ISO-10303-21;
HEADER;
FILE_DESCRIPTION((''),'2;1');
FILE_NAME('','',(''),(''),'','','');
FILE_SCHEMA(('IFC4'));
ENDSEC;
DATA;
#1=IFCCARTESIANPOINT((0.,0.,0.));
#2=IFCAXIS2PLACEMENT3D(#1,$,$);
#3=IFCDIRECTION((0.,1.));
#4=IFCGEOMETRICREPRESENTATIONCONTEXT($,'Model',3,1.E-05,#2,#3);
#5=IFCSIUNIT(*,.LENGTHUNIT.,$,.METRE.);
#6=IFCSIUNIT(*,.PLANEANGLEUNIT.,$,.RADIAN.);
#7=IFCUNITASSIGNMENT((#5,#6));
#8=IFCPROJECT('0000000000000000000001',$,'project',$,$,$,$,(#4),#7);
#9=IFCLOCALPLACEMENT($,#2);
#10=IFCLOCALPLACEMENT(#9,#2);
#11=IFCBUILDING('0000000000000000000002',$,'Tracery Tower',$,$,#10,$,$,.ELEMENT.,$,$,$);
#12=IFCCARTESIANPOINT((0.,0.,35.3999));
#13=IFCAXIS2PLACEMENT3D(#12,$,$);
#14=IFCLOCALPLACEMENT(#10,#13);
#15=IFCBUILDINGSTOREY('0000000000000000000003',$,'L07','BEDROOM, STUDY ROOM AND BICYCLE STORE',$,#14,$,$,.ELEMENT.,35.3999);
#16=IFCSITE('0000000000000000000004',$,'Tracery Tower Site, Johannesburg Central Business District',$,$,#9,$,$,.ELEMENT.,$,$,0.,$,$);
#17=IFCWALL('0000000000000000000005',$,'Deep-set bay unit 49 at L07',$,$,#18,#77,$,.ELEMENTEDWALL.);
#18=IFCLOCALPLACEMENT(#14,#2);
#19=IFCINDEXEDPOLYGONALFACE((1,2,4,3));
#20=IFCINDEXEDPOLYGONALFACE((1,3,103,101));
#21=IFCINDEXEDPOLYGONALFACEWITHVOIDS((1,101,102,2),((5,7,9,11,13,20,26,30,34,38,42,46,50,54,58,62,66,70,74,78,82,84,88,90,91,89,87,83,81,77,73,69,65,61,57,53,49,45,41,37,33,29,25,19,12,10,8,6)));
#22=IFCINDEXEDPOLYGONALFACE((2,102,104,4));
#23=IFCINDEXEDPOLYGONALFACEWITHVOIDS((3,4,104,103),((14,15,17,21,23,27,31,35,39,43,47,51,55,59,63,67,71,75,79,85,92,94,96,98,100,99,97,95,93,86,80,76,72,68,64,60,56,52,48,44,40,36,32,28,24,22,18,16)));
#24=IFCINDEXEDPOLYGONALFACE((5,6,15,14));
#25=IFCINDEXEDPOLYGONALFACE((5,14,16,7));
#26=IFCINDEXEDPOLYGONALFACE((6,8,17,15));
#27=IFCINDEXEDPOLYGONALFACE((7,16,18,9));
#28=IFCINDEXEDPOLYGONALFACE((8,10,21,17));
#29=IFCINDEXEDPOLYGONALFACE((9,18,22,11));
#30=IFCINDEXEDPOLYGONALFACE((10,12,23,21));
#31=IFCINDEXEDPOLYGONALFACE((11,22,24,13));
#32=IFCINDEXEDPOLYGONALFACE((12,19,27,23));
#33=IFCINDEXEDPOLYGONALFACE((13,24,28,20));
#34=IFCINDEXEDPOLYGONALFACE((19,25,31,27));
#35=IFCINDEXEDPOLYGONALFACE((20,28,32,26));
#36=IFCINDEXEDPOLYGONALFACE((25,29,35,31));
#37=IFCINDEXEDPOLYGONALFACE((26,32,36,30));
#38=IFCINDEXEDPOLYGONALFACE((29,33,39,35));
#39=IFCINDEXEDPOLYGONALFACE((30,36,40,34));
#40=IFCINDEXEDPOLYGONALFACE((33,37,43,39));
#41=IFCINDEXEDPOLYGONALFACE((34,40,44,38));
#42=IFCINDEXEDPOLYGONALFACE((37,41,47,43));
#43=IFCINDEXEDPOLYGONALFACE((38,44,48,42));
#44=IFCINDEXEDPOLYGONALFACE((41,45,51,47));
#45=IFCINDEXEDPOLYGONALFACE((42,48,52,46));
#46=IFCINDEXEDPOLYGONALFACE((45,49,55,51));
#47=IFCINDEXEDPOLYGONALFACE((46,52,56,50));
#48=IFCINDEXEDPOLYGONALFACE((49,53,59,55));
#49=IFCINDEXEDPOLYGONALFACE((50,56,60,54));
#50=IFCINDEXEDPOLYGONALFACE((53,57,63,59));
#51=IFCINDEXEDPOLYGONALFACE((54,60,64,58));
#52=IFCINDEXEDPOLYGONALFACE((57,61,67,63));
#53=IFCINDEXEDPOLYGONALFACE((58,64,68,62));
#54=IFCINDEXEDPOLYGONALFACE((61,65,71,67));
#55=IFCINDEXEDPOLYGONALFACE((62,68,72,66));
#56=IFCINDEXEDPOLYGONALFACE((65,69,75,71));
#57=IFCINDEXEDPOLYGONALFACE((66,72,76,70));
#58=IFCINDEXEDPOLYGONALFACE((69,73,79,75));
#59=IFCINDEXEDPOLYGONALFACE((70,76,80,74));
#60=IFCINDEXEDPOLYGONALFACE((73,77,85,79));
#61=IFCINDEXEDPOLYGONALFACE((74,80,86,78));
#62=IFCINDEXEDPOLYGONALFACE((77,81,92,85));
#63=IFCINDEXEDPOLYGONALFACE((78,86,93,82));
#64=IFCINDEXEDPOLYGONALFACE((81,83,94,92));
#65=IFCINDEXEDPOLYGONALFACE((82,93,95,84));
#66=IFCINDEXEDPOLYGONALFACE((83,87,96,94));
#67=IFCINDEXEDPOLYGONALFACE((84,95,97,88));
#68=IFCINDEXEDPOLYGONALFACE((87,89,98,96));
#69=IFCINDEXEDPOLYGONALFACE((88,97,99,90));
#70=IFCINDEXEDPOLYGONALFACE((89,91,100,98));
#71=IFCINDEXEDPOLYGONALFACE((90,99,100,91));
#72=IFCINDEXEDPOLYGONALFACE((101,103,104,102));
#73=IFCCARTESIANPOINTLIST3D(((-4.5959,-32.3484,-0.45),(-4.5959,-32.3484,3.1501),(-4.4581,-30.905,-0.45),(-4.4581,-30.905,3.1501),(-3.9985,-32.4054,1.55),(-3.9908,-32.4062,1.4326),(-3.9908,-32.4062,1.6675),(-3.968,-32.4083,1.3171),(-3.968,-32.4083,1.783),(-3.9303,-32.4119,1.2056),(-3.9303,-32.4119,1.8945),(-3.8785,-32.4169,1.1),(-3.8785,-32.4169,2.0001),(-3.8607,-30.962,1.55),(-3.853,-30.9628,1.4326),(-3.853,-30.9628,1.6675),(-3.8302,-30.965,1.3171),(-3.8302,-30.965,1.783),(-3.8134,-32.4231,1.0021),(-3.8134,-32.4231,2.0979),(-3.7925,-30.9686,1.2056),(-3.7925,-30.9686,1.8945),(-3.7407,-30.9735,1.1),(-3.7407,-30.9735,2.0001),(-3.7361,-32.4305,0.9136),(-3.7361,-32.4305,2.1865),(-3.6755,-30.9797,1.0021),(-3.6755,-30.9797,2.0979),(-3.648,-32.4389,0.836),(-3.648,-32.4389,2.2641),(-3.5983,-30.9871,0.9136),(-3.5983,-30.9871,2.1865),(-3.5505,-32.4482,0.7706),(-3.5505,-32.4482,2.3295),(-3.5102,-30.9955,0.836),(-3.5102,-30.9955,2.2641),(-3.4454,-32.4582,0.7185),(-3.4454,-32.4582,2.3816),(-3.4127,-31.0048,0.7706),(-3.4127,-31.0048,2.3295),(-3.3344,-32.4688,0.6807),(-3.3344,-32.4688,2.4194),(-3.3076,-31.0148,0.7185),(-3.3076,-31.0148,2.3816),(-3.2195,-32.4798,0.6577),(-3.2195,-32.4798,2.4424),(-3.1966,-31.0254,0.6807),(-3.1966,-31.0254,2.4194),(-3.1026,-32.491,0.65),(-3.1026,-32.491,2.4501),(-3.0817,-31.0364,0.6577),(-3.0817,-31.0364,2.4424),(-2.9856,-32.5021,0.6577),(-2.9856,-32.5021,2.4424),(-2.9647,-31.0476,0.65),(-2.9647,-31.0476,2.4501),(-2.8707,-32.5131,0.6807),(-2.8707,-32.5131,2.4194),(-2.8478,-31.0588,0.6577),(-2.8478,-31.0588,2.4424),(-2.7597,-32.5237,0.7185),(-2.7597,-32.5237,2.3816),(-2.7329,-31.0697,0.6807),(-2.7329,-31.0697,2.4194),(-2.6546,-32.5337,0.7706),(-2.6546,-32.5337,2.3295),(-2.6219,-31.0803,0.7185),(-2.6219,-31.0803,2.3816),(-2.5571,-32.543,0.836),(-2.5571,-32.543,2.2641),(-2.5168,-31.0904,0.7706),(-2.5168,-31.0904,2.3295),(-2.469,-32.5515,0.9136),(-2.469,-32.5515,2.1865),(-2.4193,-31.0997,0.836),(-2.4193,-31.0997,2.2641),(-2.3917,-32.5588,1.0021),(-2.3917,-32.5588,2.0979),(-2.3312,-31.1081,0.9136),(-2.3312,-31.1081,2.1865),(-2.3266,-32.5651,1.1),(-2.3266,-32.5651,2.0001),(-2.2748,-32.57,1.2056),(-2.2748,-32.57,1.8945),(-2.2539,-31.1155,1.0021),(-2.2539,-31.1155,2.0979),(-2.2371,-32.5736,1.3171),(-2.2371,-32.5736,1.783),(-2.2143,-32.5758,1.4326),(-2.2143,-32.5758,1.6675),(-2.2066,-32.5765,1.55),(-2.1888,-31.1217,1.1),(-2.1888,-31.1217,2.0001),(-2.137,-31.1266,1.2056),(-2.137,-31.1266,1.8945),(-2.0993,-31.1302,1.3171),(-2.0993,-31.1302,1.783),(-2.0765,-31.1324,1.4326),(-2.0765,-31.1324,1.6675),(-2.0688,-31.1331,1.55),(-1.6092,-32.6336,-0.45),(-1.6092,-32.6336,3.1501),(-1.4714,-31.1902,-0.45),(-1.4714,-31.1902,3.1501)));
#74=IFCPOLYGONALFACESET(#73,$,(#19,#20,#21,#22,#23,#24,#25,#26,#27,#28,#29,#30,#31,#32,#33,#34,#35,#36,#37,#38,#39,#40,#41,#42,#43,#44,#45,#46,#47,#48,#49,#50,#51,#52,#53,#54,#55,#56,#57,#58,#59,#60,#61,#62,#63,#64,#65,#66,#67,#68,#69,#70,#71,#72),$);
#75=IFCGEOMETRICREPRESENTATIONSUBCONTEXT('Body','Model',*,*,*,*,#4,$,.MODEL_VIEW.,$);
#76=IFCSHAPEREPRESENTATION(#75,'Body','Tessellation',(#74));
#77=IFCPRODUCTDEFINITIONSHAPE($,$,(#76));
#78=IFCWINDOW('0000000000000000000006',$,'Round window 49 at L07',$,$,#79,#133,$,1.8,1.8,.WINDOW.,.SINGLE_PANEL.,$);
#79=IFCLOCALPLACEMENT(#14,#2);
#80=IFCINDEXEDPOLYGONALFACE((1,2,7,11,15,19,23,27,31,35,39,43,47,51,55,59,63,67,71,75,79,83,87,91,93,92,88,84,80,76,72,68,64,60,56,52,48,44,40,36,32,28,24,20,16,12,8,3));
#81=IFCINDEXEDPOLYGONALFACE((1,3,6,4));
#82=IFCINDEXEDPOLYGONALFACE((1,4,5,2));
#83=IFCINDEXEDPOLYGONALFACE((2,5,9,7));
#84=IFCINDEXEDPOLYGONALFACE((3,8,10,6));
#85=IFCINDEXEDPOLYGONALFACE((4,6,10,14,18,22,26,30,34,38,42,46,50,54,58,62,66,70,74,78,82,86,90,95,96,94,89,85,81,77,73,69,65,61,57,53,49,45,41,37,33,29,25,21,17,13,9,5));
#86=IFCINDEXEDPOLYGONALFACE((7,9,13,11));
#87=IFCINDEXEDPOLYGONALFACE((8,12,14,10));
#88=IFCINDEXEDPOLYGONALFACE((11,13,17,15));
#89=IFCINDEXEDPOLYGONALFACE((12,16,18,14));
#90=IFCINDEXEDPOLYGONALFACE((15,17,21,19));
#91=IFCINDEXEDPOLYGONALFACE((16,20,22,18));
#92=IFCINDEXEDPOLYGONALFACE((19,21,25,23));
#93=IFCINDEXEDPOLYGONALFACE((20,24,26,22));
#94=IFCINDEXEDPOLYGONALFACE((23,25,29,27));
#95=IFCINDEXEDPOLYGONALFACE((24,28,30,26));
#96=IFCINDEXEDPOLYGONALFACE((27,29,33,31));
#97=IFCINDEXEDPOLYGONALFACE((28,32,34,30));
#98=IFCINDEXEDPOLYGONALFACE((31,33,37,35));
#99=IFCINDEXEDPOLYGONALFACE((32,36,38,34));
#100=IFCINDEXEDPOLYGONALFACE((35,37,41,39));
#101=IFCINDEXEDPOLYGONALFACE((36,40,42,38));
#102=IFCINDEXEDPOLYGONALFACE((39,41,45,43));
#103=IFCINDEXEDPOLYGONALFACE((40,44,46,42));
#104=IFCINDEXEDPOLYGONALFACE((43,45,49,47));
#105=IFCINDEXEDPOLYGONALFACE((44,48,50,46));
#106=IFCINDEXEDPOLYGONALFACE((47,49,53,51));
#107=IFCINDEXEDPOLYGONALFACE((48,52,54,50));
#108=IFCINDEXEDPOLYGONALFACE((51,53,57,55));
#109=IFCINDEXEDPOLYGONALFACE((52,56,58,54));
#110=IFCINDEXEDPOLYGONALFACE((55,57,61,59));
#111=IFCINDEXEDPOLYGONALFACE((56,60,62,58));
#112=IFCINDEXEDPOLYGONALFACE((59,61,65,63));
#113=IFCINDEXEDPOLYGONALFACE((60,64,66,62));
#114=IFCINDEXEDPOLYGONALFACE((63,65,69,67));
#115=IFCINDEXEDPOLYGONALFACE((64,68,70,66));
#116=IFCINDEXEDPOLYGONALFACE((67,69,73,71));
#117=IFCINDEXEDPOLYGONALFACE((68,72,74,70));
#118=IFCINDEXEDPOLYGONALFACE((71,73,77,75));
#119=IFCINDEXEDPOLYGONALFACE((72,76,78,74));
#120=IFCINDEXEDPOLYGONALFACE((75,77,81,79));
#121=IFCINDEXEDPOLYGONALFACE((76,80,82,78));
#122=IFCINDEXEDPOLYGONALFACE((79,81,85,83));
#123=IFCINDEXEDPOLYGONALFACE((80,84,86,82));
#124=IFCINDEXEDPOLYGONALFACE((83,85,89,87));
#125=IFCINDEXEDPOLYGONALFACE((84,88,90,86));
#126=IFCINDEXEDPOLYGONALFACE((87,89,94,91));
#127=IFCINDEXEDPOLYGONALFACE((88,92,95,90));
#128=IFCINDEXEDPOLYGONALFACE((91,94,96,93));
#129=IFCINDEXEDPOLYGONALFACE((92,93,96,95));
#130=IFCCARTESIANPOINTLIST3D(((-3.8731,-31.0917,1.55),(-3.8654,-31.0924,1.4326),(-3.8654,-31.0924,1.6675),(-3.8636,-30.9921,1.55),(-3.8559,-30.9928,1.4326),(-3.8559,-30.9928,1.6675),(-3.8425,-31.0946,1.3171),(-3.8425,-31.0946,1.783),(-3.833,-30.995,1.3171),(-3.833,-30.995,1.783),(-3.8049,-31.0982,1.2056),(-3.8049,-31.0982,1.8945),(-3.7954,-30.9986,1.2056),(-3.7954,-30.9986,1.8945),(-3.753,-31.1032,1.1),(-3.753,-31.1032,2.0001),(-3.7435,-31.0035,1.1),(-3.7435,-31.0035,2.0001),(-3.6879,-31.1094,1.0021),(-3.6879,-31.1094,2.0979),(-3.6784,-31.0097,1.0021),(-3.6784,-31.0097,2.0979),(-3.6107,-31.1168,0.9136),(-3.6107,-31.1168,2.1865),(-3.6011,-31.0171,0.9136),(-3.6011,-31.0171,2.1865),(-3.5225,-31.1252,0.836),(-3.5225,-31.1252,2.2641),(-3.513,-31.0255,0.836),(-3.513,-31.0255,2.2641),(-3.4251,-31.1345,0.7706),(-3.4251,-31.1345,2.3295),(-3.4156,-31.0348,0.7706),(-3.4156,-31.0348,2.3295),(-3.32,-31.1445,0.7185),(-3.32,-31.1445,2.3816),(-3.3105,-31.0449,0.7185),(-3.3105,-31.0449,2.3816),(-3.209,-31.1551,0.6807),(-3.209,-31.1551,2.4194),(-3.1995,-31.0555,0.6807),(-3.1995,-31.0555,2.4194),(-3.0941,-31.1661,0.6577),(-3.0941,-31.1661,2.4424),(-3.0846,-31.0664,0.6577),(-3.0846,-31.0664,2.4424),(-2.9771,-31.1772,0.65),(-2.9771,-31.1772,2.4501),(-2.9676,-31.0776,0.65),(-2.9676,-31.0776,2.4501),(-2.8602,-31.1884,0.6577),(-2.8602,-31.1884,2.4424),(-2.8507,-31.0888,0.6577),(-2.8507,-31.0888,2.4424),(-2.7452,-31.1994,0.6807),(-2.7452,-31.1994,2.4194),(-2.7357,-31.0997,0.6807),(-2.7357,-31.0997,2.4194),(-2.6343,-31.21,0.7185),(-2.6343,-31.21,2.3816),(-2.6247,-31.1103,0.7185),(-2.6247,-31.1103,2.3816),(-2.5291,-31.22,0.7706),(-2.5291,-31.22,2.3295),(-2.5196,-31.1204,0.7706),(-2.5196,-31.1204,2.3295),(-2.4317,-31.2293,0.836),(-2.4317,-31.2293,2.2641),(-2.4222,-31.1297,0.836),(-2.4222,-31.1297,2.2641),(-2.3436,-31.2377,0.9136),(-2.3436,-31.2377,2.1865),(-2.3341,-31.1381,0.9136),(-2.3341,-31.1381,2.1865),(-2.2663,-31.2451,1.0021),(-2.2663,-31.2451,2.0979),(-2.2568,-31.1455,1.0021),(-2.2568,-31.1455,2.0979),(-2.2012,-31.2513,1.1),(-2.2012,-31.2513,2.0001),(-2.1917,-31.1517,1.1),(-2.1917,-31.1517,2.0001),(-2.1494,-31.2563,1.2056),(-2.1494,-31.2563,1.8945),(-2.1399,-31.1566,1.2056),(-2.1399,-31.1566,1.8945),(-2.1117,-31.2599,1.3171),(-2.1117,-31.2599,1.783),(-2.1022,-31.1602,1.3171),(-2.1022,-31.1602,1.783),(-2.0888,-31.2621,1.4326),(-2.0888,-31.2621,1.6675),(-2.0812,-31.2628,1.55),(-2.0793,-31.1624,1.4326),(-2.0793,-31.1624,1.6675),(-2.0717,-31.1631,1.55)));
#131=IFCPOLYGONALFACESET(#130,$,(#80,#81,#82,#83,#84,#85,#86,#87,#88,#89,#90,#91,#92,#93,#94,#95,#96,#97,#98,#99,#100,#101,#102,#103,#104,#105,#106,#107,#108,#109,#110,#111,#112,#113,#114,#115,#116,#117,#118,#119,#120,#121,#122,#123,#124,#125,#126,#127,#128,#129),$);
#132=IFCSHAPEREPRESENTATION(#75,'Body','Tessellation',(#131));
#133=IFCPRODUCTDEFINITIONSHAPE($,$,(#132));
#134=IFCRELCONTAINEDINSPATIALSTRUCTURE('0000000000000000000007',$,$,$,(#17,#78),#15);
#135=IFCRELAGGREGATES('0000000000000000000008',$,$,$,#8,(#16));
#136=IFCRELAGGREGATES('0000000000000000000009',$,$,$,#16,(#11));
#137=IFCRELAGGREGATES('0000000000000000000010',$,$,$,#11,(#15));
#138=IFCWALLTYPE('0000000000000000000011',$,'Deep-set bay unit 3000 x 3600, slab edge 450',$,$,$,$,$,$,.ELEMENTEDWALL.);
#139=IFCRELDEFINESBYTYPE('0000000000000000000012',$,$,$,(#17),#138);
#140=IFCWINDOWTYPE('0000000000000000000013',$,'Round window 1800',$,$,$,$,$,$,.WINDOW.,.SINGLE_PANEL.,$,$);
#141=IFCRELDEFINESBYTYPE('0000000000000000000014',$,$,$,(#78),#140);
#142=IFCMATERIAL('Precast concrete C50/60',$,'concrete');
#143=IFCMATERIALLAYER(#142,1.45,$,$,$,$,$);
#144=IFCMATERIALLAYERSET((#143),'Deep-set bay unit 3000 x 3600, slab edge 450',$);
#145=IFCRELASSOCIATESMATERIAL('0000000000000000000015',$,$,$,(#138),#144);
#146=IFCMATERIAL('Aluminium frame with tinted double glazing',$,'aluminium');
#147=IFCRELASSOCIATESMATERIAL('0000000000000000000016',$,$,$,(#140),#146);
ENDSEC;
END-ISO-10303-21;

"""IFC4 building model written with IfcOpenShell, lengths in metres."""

from ifc_helpers import new_model, si_unit, direction, frame, frame_2d, origin, origin_2d, place, context, subcontext, project, spatial, rectangle, circle, extrude, material, layer, layer_set, type_object, element, fill, save


model = new_model("IFC4")

# Units and contexts
model_context = context("Model", 3, precision=1e-05, world=origin(), true_north=direction((0.0, 1.0)))
body_context = subcontext(model_context, "Body", "Model", "MODEL_VIEW")
ifc_project = project(units=[si_unit("LENGTHUNIT", "METRE"), si_unit("PLANEANGLEUNIT", "RADIAN")], contexts=[model_context])

# Site, building, storey
site_placement = place(None, origin())
site = spatial("IfcSite", under=ifc_project, at=site_placement, Name="Tracery Tower Site, Johannesburg Central Business District", CompositionType="ELEMENT", RefElevation=0.0)
building_placement = place(site_placement, origin())
building = spatial("IfcBuilding", under=site, at=building_placement, Name="Tracery Tower", CompositionType="ELEMENT")
storey_placement = place(building_placement, frame((0.0, 0.0, 35.3999)))
storey = spatial("IfcBuildingStorey", under=building, at=storey_placement, Name="L07", Description="BEDROOM, STUDY ROOM AND BICYCLE STORE", CompositionType="ELEMENT", Elevation=35.3999)

# Wall, opening, window
ifc_material_1 = material(Name="Precast concrete C50/60", Category="concrete")
ifc_layer_1 = layer(ifc_material_1, 1.45)
ifc_layer_set_1 = layer_set([ifc_layer_1], Name="Deep-set bay unit 3000 x 3600, slab edge 450")
wall_type_1 = type_object("IfcWallType", Name="Deep-set bay unit 3000 x 3600, slab edge 450", PredefinedType="ELEMENTEDWALL", material=ifc_layer_set_1)
ifc_material_2 = material(Name="Aluminium frame with tinted double glazing", Category="aluminium")
window_type = type_object("IfcWindowType", Name="Round window 1800", PartitioningType="SINGLE_PANEL", PredefinedType="WINDOW", material=ifc_material_2)
wall_1_placement = place(storey_placement, frame((-4.5269, -31.6267, -0.45), z_axis=(0.0, 0.0, 1.0), x_axis=(0.995473, -0.095047, 0.0)))
wall_1 = element("IfcWall", 1, at=wall_1_placement, inside=storey, type_object=wall_type_1, Name="Deep-set bay unit 49 at L07", PredefinedType="ELEMENTEDWALL", context=body_context, shape_type="SweptSolid", body=[
    extrude(rectangle(XDim=3.0002, YDim=1.45, at=frame_2d((1.5, 0.0))), origin(), (0.0, 0.0, 1.0), 3.6001),
])
opening_1_placement = place(wall_1_placement, frame((1.5, 0.0, 2.0)))
opening_1 = element("IfcOpeningElement", 2, at=opening_1_placement, cuts=wall_1, PredefinedType="OPENING", context=body_context, shape_type="SweptSolid", body=[
    extrude(circle(Radius=0.9, at=origin_2d()), frame((0.0, 0.7349, 0.0), z_axis=(0.0, -1.0, 0.0), x_axis=(1.0, 0.0, 0.0)), (0.0, 0.0, 1.0), 1.47),
])
window_1_placement = place(opening_1_placement, origin())
window_1 = element("IfcWindow", 3, at=window_1_placement, inside=storey, type_object=window_type, Name="Round window 49 at L07", OverallHeight=1.8, OverallWidth=1.8, PartitioningType="SINGLE_PANEL", PredefinedType="WINDOW", context=body_context, shape_type="SweptSolid", body=[
    extrude(circle(Radius=0.9, at=origin_2d()), frame((0.0, 0.6948, 0.0), z_axis=(0.0, -1.0, 0.0), x_axis=(1.0, 0.0, 0.0)), (0.0, 0.0, 1.0), 0.1001),
])
fill(opening_1, window_1)

save(model, "model.ifc")
